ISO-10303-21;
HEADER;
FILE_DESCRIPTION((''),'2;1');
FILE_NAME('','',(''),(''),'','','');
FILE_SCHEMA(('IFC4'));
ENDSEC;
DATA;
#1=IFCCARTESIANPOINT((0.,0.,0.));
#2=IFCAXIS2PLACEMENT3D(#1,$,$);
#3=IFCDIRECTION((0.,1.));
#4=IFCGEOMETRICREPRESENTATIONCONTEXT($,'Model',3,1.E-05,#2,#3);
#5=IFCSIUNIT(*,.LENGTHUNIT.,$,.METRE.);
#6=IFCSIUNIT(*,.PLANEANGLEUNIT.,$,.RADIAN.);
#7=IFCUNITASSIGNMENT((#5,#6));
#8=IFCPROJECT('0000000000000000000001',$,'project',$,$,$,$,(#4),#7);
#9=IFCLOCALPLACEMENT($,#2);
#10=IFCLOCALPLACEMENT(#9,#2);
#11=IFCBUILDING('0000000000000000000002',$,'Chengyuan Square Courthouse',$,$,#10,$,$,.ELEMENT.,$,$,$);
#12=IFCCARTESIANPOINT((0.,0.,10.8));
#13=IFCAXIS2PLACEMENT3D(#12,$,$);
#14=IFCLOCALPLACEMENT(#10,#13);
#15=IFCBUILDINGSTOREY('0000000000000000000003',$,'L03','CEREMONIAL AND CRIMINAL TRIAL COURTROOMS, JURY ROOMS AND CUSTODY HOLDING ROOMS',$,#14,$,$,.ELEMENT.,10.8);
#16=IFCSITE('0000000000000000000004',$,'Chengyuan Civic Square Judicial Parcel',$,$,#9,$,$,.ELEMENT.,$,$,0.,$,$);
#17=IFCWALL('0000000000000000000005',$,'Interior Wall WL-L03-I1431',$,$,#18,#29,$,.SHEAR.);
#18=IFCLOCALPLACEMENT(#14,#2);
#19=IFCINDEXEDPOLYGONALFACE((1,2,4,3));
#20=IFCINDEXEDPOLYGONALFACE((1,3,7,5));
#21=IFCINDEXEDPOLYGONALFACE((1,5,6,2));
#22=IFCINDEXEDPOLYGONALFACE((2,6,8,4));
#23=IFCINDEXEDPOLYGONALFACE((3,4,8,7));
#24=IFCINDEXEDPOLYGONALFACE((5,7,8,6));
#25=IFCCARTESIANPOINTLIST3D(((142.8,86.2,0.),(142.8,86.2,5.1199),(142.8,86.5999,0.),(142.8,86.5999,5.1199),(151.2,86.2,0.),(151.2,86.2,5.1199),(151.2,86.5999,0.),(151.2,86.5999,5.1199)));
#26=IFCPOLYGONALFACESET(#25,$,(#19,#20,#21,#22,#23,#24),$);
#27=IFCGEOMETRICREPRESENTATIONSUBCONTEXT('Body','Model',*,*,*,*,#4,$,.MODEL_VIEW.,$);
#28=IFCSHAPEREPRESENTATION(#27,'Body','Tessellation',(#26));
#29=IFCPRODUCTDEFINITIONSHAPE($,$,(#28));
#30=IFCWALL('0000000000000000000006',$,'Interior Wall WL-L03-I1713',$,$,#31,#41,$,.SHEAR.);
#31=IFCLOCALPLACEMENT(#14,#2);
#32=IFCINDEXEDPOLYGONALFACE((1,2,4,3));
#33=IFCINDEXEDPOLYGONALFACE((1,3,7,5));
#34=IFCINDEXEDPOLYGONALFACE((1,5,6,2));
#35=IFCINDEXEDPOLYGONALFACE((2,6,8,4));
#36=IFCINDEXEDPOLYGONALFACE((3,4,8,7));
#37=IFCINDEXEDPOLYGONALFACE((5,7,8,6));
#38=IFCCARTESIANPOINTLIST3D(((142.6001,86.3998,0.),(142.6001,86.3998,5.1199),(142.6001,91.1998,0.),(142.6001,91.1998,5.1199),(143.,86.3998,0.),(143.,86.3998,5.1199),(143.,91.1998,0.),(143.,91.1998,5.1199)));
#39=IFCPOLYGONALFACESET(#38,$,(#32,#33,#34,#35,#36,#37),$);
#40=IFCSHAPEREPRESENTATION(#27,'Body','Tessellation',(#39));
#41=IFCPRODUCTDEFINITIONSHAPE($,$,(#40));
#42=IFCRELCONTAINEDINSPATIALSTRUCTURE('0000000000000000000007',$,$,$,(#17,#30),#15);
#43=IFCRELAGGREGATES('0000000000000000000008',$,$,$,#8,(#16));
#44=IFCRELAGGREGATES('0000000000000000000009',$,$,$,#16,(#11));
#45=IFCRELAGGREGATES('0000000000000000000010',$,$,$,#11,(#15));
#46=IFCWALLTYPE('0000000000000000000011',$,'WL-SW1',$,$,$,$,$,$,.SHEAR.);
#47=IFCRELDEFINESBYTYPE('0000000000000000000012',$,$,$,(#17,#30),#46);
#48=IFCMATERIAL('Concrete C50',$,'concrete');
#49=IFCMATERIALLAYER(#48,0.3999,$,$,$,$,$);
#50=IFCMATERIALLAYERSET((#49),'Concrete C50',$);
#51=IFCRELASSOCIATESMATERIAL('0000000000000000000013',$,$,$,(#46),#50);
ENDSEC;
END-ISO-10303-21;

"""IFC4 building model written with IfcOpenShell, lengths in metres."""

from ifc_helpers import new_model, si_unit, direction, frame, frame_2d, origin, place, context, subcontext, project, spatial, rectangle, extrude, material, layer, layer_set, type_object, element, save


model = new_model("IFC4")

# Units and contexts
model_context = context("Model", 3, precision=1e-05, world=origin(), true_north=direction((0.0, 1.0)))
body_context = subcontext(model_context, "Body", "Model", "MODEL_VIEW")
ifc_project = project(units=[si_unit("LENGTHUNIT", "METRE"), si_unit("PLANEANGLEUNIT", "RADIAN")], contexts=[model_context])

# Site, building, storey
site_placement = place(None, origin())
site = spatial("IfcSite", under=ifc_project, at=site_placement, Name="Chengyuan Civic Square Judicial Parcel", CompositionType="ELEMENT", RefElevation=0.0)
building_placement = place(site_placement, origin())
building = spatial("IfcBuilding", under=site, at=building_placement, Name="Chengyuan Square Courthouse", CompositionType="ELEMENT")
storey_placement = place(building_placement, frame((0.0, 0.0, 10.8)))
storey = spatial("IfcBuildingStorey", under=building, at=storey_placement, Name="L03", Description="CEREMONIAL AND CRIMINAL TRIAL COURTROOMS, JURY ROOMS AND CUSTODY HOLDING ROOMS", CompositionType="ELEMENT", Elevation=10.8)

# Shared definitions
ifc_material_1 = material(Name="Concrete C50", Category="concrete")

# Walls
ifc_layer_1 = layer(ifc_material_1, 0.3999)
ifc_layer_set_1 = layer_set([ifc_layer_1], Name="Concrete C50")
wall_type_1 = type_object("IfcWallType", Name="WL-SW1", PredefinedType="SHEAR", material=ifc_layer_set_1)
wall_1_placement = place(storey_placement, frame((142.8, 86.3999, 0.0), z_axis=(0.0, 0.0, 1.0), x_axis=(1.0, 0.0, 0.0)))
element("IfcWall", 1, at=wall_1_placement, inside=storey, type_object=wall_type_1, Name="Interior Wall WL-L03-I1431", PredefinedType="SHEAR", context=body_context, shape_type="SweptSolid", body=[
    extrude(rectangle(XDim=8.3999, YDim=0.3999, at=frame_2d((4.2, 0.0))), origin(), (0.0, 0.0, 1.0), 5.1199),
])
wall_2_placement = place(storey_placement, frame((142.8, 86.3999, 0.0), z_axis=(0.0, 0.0, 1.0), x_axis=(0.0, 1.0, 0.0)))
element("IfcWall", 2, at=wall_2_placement, inside=storey, type_object=wall_type_1, Name="Interior Wall WL-L03-I1713", PredefinedType="SHEAR", context=body_context, shape_type="SweptSolid", body=[
    extrude(rectangle(XDim=4.8, YDim=0.3999, at=frame_2d((2.3999, 0.0))), origin(), (0.0, 0.0, 1.0), 5.1199),
])

save(model, "model.ifc")
